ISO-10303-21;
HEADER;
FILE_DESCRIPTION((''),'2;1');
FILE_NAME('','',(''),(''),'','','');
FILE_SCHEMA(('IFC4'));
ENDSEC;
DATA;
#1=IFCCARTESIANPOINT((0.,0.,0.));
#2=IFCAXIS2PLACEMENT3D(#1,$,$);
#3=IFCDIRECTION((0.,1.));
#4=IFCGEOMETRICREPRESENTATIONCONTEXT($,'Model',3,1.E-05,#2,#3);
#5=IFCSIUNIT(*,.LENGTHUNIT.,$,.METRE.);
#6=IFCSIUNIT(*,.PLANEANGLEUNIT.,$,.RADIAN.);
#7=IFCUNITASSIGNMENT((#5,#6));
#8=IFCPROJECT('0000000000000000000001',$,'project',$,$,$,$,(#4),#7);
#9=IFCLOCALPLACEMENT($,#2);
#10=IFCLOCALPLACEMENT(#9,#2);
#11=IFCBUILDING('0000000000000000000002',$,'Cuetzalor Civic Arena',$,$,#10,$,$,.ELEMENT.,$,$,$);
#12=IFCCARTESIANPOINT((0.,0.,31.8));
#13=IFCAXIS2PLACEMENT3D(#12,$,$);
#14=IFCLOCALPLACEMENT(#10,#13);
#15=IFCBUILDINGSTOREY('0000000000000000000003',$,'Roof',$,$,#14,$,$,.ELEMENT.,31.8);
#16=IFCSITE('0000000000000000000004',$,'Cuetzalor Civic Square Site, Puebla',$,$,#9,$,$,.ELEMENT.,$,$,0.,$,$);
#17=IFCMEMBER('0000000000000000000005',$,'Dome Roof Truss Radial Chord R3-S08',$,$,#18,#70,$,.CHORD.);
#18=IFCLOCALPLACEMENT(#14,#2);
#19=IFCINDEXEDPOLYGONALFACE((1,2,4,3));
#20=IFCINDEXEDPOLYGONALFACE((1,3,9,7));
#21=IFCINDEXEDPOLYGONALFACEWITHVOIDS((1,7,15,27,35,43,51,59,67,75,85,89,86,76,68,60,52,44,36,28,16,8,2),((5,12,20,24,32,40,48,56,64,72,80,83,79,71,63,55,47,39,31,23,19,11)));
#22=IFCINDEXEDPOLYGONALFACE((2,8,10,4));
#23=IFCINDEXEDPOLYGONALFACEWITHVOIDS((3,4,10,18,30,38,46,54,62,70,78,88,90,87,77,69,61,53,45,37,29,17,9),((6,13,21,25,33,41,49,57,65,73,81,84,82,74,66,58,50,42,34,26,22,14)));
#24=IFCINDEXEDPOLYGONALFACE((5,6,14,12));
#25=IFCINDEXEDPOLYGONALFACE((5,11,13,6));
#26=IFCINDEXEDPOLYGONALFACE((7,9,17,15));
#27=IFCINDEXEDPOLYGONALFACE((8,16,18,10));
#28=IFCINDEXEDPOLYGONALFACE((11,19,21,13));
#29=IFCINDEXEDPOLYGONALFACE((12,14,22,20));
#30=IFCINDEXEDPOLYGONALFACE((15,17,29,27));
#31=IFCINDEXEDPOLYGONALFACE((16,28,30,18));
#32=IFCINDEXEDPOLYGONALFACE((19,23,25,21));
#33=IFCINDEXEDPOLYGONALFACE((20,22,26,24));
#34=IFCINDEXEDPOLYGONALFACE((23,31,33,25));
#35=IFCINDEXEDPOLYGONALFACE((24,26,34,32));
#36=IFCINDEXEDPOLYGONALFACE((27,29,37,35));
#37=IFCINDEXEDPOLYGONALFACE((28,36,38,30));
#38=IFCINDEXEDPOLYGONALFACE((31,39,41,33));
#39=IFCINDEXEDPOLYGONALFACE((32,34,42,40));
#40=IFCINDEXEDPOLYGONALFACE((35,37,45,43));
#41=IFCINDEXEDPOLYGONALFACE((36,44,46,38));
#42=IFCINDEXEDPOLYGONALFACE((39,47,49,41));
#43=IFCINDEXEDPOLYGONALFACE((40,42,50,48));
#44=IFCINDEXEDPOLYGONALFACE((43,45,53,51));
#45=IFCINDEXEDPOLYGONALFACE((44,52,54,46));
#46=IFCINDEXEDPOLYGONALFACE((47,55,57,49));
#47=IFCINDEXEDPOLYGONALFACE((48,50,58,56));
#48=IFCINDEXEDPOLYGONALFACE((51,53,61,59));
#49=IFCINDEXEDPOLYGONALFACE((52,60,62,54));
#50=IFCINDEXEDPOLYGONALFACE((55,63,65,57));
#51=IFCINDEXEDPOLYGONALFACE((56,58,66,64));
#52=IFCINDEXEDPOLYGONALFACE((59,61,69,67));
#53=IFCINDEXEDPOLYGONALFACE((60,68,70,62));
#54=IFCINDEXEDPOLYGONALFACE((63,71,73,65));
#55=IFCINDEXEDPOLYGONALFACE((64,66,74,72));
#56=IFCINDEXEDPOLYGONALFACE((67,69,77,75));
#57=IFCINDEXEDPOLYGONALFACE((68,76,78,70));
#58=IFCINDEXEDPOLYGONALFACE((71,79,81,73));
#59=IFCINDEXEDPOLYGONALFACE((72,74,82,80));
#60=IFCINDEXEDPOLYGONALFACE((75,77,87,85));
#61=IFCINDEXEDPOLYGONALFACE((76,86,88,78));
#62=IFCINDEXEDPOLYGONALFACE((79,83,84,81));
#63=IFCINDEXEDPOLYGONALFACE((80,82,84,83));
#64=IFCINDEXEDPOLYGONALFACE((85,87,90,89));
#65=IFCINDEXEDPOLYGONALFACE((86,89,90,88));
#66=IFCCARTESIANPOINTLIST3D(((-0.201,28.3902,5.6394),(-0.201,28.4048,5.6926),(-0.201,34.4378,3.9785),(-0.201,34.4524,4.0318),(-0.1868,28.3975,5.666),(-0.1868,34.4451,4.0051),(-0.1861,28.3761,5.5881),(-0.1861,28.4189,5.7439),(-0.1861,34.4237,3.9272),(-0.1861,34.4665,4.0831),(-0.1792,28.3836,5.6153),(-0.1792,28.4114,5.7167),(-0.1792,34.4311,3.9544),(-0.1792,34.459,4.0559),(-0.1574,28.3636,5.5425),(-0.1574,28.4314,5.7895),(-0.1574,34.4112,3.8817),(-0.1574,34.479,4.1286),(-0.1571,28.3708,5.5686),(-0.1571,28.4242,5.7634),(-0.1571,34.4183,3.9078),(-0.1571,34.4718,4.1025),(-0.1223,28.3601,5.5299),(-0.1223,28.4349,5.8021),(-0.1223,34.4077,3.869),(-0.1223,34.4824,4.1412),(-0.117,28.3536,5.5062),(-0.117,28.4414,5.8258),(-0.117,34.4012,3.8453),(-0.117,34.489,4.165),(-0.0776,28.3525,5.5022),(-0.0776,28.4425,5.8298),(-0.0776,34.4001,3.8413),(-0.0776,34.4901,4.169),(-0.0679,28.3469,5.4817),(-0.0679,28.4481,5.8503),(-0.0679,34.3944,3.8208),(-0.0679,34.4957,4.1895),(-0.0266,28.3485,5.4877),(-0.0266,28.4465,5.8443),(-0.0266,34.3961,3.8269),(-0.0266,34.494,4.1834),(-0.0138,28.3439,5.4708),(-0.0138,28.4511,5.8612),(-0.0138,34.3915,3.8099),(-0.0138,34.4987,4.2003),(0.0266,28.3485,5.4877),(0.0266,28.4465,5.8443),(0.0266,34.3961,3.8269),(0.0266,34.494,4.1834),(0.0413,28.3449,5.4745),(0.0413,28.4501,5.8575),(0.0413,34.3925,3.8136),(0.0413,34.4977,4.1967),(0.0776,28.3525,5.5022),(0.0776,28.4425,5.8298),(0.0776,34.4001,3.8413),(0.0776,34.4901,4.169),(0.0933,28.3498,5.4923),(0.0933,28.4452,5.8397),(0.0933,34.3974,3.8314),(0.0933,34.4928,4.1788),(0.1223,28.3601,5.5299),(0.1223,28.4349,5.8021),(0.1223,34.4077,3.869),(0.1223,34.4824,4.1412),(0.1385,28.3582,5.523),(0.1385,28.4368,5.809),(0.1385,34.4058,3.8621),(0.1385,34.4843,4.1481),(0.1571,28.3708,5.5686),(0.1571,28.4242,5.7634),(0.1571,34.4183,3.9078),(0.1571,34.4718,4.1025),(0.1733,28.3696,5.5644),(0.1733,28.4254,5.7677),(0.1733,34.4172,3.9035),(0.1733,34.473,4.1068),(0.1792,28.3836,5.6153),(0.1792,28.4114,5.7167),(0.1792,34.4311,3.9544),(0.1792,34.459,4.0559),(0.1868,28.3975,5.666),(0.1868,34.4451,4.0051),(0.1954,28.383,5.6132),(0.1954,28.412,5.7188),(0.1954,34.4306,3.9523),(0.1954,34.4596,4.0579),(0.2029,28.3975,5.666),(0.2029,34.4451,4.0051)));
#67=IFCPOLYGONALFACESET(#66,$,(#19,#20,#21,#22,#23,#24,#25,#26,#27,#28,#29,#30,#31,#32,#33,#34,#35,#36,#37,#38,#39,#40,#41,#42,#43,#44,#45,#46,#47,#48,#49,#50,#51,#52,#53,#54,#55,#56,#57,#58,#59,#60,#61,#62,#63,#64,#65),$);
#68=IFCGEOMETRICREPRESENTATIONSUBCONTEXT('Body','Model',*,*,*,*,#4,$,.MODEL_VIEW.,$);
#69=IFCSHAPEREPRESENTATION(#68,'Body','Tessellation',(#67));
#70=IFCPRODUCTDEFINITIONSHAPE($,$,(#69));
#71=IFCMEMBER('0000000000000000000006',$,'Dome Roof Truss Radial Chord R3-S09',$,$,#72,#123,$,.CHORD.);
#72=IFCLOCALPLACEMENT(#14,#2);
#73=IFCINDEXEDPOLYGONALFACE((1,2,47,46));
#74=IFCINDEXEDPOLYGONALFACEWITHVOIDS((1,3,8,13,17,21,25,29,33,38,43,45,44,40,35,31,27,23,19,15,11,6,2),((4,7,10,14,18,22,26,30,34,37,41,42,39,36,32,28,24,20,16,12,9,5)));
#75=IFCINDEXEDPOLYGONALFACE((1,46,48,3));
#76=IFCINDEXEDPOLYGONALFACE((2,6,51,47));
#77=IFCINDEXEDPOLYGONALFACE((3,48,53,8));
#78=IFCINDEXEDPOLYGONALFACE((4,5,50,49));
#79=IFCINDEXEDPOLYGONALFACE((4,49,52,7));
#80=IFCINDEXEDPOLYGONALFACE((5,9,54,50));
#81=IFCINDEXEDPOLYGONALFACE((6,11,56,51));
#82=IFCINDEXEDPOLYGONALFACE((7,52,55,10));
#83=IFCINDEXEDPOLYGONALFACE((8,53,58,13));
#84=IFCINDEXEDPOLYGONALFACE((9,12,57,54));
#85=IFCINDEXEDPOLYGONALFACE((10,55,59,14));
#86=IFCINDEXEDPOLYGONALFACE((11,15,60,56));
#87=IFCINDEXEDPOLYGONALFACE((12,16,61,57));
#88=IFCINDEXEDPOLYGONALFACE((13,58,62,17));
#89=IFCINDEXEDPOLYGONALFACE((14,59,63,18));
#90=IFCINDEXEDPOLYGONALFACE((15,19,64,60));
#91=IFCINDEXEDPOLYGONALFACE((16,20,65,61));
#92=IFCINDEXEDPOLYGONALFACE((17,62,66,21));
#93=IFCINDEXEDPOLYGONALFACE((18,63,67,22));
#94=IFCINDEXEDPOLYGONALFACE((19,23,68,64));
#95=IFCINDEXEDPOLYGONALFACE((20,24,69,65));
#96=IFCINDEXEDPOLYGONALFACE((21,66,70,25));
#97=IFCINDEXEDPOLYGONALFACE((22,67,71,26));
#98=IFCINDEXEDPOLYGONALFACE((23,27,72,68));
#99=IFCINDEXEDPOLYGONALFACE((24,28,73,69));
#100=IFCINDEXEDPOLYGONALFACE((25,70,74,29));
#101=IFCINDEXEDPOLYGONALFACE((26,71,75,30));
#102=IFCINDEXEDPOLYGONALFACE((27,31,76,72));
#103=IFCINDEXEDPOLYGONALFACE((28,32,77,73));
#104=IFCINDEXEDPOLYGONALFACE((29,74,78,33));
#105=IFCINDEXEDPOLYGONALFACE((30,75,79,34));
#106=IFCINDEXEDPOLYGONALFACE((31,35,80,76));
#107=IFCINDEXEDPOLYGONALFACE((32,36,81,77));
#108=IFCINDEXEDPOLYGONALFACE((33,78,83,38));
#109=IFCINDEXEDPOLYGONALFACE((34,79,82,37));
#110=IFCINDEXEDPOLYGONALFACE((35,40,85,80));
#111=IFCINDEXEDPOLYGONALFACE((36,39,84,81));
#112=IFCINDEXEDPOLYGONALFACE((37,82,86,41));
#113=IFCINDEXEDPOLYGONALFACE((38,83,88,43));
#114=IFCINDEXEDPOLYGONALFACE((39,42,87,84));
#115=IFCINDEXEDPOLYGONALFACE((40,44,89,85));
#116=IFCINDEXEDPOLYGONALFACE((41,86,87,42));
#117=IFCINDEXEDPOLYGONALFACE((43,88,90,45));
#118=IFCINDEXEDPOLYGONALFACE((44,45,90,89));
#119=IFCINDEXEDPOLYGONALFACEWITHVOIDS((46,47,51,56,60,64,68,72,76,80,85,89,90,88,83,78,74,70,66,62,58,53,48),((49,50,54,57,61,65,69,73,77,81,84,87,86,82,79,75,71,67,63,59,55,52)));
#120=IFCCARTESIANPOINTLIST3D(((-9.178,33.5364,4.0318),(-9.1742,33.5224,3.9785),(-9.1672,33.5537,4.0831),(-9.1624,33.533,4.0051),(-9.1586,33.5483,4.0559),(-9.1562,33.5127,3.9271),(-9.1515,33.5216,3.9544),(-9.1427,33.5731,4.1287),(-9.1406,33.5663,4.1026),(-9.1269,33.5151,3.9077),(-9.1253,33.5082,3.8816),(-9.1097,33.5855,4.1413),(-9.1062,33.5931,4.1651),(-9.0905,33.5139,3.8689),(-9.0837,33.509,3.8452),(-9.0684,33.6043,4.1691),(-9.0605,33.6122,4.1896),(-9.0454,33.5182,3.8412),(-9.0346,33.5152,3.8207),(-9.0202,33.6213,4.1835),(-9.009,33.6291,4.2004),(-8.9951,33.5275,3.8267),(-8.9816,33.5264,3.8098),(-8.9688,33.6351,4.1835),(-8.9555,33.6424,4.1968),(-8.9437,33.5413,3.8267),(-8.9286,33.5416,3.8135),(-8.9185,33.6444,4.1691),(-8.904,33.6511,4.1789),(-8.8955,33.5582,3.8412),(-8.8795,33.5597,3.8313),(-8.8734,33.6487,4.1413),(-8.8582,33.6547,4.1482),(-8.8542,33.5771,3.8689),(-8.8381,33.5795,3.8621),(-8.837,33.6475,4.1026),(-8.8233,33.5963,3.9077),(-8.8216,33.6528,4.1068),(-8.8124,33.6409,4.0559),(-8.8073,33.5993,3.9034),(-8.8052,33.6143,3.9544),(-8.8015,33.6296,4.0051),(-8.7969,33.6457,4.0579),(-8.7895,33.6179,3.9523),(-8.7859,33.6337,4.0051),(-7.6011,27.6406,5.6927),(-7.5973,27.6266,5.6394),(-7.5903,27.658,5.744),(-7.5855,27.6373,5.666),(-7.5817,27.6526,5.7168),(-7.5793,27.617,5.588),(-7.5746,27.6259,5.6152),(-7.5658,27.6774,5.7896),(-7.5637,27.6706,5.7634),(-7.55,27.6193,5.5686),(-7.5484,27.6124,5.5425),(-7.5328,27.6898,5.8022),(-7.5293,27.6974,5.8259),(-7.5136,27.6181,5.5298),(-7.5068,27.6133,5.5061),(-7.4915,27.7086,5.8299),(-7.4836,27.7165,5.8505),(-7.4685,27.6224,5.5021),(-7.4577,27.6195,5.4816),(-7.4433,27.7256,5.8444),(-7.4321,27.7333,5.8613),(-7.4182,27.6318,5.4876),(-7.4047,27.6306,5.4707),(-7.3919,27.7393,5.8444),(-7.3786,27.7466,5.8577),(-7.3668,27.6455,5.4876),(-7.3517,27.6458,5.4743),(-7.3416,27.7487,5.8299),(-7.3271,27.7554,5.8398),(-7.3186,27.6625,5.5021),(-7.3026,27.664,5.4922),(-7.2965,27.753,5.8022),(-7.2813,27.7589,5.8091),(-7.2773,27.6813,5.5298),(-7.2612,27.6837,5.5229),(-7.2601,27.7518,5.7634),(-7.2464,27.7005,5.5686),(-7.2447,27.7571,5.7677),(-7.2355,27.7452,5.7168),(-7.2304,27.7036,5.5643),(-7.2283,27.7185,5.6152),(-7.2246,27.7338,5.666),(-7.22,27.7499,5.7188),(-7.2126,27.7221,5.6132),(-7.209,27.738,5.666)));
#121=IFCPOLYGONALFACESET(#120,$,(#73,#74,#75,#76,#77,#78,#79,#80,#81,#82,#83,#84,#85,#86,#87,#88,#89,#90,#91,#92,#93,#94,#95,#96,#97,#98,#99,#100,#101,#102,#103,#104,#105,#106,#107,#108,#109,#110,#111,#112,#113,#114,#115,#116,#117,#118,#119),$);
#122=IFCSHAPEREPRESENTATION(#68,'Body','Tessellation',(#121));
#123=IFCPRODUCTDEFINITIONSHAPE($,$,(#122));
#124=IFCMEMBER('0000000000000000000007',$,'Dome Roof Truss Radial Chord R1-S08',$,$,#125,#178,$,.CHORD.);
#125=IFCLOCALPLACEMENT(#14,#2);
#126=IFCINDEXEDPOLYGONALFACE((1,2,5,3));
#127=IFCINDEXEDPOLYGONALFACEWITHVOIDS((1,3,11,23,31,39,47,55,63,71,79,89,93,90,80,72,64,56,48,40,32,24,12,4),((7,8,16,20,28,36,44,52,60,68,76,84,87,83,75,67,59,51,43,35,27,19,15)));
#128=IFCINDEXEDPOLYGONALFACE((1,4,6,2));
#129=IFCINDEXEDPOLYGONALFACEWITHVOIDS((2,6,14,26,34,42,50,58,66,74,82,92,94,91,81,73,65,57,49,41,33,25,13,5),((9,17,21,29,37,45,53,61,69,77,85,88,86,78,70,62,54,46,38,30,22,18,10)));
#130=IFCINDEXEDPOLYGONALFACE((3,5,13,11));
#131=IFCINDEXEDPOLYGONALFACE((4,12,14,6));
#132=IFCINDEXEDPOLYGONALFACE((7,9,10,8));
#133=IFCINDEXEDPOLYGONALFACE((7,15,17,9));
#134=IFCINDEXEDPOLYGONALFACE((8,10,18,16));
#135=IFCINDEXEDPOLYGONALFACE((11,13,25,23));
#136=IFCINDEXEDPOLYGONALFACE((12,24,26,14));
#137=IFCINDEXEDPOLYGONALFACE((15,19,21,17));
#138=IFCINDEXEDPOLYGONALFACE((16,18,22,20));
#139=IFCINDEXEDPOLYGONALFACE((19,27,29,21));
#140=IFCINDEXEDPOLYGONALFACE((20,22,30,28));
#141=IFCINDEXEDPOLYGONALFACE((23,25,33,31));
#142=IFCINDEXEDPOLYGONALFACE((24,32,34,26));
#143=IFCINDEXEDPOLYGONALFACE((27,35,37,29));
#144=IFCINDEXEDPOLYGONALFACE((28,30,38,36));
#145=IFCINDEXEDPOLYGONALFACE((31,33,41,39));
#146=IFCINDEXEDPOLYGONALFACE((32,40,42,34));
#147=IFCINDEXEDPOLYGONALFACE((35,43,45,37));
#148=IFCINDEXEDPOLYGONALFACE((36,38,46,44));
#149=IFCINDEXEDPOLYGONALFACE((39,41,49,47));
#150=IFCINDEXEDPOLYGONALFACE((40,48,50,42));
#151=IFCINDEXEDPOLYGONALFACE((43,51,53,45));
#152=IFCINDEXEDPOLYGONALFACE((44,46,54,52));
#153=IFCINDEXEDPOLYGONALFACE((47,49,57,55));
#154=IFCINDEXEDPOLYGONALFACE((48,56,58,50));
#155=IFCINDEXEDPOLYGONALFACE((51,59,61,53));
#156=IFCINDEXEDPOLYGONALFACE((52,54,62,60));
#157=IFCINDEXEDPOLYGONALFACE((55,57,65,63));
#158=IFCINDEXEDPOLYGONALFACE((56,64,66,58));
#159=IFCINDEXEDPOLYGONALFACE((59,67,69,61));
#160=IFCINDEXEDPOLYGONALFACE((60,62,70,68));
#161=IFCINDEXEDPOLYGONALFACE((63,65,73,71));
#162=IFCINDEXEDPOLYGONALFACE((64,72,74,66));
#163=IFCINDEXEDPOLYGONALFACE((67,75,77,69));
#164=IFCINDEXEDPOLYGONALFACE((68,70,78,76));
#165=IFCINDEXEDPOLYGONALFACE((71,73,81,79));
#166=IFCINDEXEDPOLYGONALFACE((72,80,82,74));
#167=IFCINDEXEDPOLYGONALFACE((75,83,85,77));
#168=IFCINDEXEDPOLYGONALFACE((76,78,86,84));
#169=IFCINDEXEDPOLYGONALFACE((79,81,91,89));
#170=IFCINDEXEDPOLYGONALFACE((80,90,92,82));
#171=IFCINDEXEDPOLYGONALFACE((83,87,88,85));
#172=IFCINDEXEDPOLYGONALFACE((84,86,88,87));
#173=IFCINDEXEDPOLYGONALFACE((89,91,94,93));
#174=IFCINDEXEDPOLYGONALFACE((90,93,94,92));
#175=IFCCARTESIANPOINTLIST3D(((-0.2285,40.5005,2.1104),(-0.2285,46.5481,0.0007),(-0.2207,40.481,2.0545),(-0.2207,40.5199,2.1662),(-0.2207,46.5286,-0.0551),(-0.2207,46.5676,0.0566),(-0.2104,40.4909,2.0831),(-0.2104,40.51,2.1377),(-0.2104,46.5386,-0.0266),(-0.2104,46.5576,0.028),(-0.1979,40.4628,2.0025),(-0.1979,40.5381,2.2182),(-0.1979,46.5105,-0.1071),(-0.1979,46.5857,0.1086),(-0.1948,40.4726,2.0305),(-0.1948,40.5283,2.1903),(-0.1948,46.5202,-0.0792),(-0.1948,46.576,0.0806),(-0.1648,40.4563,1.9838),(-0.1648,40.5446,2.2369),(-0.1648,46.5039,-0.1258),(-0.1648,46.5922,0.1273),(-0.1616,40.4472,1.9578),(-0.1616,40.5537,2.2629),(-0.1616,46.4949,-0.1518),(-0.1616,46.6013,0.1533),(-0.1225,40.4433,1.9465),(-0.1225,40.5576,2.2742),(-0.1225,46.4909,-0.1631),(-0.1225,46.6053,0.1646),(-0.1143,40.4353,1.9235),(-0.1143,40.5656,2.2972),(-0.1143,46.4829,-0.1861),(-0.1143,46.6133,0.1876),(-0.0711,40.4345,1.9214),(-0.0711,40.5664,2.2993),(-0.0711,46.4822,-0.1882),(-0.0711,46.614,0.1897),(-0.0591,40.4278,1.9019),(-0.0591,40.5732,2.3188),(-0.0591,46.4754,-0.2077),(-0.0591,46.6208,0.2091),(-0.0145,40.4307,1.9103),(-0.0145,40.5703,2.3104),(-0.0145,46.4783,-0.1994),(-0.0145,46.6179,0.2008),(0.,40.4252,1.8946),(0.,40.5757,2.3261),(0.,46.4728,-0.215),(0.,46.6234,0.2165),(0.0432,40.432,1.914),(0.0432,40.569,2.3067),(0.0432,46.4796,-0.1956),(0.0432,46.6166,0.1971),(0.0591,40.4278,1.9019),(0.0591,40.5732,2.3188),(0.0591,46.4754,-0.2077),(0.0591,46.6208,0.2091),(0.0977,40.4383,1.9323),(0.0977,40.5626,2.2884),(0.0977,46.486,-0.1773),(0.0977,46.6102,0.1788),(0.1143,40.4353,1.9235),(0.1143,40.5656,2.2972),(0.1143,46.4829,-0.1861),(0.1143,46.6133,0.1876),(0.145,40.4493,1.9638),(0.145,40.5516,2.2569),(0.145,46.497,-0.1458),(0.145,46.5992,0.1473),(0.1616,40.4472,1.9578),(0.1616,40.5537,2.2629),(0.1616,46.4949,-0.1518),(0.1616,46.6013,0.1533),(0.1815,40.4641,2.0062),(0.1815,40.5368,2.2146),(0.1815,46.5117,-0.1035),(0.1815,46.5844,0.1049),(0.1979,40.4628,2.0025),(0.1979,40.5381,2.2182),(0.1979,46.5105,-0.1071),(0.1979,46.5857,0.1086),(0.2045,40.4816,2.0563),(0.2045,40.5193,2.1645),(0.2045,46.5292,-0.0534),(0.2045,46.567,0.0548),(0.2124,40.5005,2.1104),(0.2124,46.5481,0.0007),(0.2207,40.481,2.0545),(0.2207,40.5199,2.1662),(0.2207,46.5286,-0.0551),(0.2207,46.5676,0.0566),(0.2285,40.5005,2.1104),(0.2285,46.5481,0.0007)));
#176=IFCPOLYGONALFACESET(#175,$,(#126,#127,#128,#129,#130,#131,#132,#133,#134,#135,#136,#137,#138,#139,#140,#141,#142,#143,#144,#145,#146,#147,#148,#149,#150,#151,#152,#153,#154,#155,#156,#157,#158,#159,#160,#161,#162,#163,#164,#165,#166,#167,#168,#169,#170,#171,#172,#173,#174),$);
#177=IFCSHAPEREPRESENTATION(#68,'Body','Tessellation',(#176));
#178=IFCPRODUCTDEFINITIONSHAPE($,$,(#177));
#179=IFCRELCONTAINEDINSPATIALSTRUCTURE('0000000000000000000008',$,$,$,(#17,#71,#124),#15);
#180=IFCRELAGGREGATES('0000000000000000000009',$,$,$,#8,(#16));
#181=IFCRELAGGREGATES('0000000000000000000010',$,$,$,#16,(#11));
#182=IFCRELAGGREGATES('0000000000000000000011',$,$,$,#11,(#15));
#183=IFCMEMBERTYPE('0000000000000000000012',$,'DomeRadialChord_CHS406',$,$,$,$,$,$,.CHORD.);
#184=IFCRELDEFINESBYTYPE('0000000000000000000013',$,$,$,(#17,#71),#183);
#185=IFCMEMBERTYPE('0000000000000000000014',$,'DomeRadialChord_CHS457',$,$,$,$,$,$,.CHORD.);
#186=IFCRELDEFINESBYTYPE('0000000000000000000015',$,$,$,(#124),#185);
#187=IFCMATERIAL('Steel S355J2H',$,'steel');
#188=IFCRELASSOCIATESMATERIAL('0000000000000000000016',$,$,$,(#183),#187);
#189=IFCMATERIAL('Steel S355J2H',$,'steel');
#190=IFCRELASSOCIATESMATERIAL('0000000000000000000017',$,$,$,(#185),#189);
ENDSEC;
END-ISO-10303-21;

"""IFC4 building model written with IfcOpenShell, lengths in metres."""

from ifc_helpers import new_model, si_unit, direction, frame, origin, origin_2d, place, context, subcontext, project, spatial, hollow_circle, extrude, material, material_profile, profile_set, type_object, element, save


model = new_model("IFC4")

# Units and contexts
model_context = context("Model", 3, precision=1e-05, world=origin(), true_north=direction((0.0, 1.0)))
body_context = subcontext(model_context, "Body", "Model", "MODEL_VIEW")
ifc_project = project(units=[si_unit("LENGTHUNIT", "METRE"), si_unit("PLANEANGLEUNIT", "RADIAN")], contexts=[model_context])

# Site, building, storey
site_placement = place(None, origin())
site = spatial("IfcSite", under=ifc_project, at=site_placement, Name="Cuetzalor Civic Square Site, Puebla", CompositionType="ELEMENT", RefElevation=0.0)
building_placement = place(site_placement, origin())
building = spatial("IfcBuilding", under=site, at=building_placement, Name="Cuetzalor Civic Arena", CompositionType="ELEMENT")
storey_placement = place(building_placement, frame((0.0, 0.0, 31.8)))
storey = spatial("IfcBuildingStorey", under=building, at=storey_placement, Name="Roof", CompositionType="ELEMENT", Elevation=31.8)

# Members
ifc_material_1 = material(Name="Steel S355J2H", Category="steel")
ifc_material_profile_1 = material_profile(ifc_material_1, hollow_circle(Radius=0.2029, WallThickness=0.0161, at=origin_2d()), Name="CHS 406x16")
ifc_profile_set_1 = profile_set([ifc_material_profile_1], Name="Steel S355J2H")
member_type_1 = type_object("IfcMemberType", Name="DomeRadialChord_CHS406", PredefinedType="CHORD", material=ifc_profile_set_1)
member_1_placement = place(storey_placement, frame((0.0, 34.4451, 4.0051), z_axis=(0.0, -0.964295, 0.26483), x_axis=(1.0, 0.0, 0.0)))
element("IfcMember", 1, at=member_1_placement, inside=storey, type_object=member_type_1, Name="Dome Roof Truss Radial Chord R3-S08", PredefinedType="CHORD", context=body_context, shape_type="SweptSolid", body=[
    extrude(hollow_circle(Radius=0.2029, WallThickness=0.0161, at=origin_2d()), origin(), (0.0, 0.0, 1.0), 6.2715),
])
member_2_placement = place(storey_placement, frame((-8.9819, 33.5813, 4.0051), z_axis=(0.249315, -0.932141, 0.262593), x_axis=(0.966043, 0.258382, 0.0)))
element("IfcMember", 2, at=member_2_placement, inside=storey, type_object=member_type_1, Name="Dome Roof Truss Radial Chord R3-S09", PredefinedType="CHORD", context=body_context, shape_type="SweptSolid", body=[
    extrude(hollow_circle(Radius=0.2029, WallThickness=0.0161, at=origin_2d()), origin(), (0.0, 0.0, 1.0), 6.325),
])
ifc_material_2 = material(Name="Steel S355J2H", Category="steel")
ifc_material_profile_2 = material_profile(ifc_material_2, hollow_circle(Radius=0.2285, WallThickness=0.0161, at=origin_2d()), Name="CHS 457x16")
ifc_profile_set_2 = profile_set([ifc_material_profile_2], Name="Steel S355J2H")
member_type_2 = type_object("IfcMemberType", Name="DomeRadialChord_CHS457", PredefinedType="CHORD", material=ifc_profile_set_2)
member_3_placement = place(storey_placement, frame((0.0, 46.5481, 0.0007), z_axis=(0.0, -0.944201, 0.329371), x_axis=(1.0, 0.0, 0.0)))
element("IfcMember", 3, at=member_3_placement, inside=storey, type_object=member_type_2, Name="Dome Roof Truss Radial Chord R1-S08", PredefinedType="CHORD", context=body_context, shape_type="SweptSolid", body=[
    extrude(hollow_circle(Radius=0.2285, WallThickness=0.0161, at=origin_2d()), origin(), (0.0, 0.0, 1.0), 6.405),
])

save(model, "model.ifc")
